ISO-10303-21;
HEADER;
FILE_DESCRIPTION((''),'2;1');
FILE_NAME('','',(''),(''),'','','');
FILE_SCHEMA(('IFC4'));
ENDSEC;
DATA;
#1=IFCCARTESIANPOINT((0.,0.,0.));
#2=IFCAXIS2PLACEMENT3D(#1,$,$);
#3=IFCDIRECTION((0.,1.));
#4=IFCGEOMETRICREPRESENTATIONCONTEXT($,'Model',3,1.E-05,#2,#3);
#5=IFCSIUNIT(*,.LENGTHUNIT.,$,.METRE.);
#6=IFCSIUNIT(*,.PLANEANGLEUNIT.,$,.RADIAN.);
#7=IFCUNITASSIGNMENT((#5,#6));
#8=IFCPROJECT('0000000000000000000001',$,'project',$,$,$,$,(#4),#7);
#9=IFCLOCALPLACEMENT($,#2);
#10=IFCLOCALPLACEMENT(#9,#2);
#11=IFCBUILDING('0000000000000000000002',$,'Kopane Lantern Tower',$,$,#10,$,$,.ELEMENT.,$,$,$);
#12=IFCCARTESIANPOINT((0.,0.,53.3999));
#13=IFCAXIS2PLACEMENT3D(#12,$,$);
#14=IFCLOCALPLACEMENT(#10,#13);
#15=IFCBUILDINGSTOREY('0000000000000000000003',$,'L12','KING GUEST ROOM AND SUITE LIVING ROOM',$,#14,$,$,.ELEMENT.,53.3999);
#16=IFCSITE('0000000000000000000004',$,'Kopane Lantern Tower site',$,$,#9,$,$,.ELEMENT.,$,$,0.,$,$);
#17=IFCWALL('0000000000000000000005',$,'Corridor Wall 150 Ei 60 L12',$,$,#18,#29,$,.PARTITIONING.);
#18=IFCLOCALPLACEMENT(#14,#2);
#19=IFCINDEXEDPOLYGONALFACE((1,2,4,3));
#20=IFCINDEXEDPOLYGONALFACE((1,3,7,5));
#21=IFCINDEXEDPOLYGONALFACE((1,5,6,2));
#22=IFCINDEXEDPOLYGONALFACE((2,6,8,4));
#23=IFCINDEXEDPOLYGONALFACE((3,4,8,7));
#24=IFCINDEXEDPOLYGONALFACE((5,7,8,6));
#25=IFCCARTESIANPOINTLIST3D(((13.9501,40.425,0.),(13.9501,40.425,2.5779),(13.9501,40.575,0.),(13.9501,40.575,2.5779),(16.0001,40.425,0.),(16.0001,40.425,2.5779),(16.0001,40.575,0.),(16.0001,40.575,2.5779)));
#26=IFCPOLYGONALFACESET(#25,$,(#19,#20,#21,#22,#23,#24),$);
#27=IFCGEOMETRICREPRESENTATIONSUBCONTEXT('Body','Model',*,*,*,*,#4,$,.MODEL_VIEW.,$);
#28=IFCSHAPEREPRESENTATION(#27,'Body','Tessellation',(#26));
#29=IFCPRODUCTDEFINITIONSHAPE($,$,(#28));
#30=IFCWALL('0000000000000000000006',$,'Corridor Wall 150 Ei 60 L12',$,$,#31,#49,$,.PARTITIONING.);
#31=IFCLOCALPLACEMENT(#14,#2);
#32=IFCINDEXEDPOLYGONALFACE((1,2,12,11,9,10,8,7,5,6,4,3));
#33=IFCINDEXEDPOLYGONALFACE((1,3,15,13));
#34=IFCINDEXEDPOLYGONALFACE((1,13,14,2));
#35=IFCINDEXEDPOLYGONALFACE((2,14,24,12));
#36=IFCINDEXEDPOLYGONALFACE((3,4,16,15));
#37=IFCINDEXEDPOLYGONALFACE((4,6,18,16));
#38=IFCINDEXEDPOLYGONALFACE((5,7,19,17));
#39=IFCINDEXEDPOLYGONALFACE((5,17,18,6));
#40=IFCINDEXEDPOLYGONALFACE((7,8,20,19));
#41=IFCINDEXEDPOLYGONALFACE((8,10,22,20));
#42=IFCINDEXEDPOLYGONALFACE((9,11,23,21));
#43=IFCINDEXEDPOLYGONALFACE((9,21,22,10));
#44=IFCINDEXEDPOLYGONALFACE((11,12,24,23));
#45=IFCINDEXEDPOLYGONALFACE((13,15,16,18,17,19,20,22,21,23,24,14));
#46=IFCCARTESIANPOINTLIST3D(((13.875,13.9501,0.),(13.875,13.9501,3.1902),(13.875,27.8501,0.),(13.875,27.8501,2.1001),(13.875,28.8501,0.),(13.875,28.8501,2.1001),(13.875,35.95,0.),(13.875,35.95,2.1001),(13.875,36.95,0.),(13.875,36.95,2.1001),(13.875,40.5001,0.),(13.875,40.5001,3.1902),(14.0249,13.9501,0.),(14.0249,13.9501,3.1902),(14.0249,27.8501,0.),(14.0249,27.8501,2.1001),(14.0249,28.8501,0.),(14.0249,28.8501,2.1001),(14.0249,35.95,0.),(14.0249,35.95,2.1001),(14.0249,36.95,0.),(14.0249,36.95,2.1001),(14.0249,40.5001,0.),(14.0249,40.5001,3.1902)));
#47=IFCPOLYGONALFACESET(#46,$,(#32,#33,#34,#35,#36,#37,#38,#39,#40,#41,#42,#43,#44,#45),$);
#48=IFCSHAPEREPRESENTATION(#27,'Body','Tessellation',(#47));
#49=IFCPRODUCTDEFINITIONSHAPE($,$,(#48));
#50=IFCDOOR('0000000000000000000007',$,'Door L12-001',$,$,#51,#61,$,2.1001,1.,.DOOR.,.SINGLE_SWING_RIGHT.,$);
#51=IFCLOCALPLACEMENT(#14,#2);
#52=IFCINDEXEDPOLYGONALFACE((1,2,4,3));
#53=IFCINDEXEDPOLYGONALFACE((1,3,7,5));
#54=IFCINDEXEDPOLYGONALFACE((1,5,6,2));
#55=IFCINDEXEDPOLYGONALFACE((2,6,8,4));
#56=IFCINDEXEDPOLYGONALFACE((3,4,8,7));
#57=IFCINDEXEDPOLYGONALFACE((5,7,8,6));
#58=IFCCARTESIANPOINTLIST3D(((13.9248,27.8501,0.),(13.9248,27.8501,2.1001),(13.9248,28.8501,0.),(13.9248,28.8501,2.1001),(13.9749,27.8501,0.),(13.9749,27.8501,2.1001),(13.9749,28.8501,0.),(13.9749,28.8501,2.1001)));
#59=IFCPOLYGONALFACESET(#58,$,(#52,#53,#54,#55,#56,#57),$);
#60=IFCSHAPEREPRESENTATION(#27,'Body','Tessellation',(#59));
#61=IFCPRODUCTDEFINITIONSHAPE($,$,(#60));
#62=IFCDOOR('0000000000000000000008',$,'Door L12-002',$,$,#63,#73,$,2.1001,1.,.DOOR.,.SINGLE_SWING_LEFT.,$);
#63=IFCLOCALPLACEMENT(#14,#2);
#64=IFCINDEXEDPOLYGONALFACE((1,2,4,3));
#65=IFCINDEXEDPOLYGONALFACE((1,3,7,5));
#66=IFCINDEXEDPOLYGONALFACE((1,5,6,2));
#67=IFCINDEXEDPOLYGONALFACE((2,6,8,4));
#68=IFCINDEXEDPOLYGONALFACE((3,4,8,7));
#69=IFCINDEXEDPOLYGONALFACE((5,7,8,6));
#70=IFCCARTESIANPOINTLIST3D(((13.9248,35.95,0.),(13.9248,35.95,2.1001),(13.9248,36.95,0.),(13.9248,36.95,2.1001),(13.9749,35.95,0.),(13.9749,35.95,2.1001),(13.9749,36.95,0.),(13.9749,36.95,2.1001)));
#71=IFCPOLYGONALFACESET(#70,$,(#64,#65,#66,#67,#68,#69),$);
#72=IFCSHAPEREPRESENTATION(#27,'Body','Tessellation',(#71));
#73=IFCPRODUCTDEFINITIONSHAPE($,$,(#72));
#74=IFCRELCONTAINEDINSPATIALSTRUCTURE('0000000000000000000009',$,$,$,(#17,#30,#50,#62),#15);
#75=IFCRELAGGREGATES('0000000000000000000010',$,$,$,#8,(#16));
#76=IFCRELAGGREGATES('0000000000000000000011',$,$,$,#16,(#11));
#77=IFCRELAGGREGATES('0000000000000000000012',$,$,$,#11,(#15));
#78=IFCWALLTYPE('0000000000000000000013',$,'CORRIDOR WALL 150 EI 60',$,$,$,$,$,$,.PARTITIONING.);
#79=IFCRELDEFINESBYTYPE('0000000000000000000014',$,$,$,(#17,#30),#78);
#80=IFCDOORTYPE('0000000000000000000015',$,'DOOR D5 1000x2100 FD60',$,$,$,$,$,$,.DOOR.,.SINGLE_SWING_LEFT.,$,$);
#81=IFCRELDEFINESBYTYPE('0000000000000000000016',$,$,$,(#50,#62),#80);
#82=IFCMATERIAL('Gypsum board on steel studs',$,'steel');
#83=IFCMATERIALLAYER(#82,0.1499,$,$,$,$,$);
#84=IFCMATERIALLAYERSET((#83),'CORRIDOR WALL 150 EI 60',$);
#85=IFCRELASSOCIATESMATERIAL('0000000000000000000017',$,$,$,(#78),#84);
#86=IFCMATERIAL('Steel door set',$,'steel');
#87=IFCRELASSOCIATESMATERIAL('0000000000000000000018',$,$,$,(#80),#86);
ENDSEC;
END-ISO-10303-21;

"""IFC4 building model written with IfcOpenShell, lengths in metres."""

from ifc_helpers import new_model, si_unit, direction, frame, frame_2d, origin, place, context, subcontext, project, spatial, rectangle, extrude, material, layer, layer_set, type_object, element, fill, save


model = new_model("IFC4")

# Units and contexts
model_context = context("Model", 3, precision=1e-05, world=origin(), true_north=direction((0.0, 1.0)))
body_context = subcontext(model_context, "Body", "Model", "MODEL_VIEW")
ifc_project = project(units=[si_unit("LENGTHUNIT", "METRE"), si_unit("PLANEANGLEUNIT", "RADIAN")], contexts=[model_context])

# Site, building, storey
site_placement = place(None, origin())
site = spatial("IfcSite", under=ifc_project, at=site_placement, Name="Kopane Lantern Tower site", CompositionType="ELEMENT", RefElevation=0.0)
building_placement = place(site_placement, origin())
building = spatial("IfcBuilding", under=site, at=building_placement, Name="Kopane Lantern Tower", CompositionType="ELEMENT")
storey_placement = place(building_placement, frame((0.0, 0.0, 53.3999)))
storey = spatial("IfcBuildingStorey", under=building, at=storey_placement, Name="L12", Description="KING GUEST ROOM AND SUITE LIVING ROOM", CompositionType="ELEMENT", Elevation=53.3999)

# Shared definitions
ifc_material_1 = material(Name="Gypsum board on steel studs", Category="steel")
ifc_layer_1 = layer(ifc_material_1, 0.1499)
ifc_layer_set_1 = layer_set([ifc_layer_1], Name="CORRIDOR WALL 150 EI 60")
wall_type_1 = type_object("IfcWallType", Name="CORRIDOR WALL 150 EI 60", PredefinedType="PARTITIONING", material=ifc_layer_set_1)

# Wall
wall_1_placement = place(storey_placement, frame((16.0, 40.5, 0.0), z_axis=(0.0, 0.0, 1.0), x_axis=(-1.0, 0.0, 0.0)))
element("IfcWall", 1, at=wall_1_placement, inside=storey, type_object=wall_type_1, Name="Corridor Wall 150 Ei 60 L12", PredefinedType="PARTITIONING", context=body_context, shape_type="SweptSolid", body=[
    extrude(rectangle(XDim=2.05, YDim=0.1499, at=frame_2d((1.0249, 0.0))), origin(), (0.0, 0.0, 1.0), 2.5779),
])

# Wall, openings, doors
wall_2_placement = place(storey_placement, frame((13.95, 40.5, 0.0), z_axis=(0.0, 0.0, 1.0), x_axis=(0.0, -1.0, 0.0)))
wall_2 = element("IfcWall", 2, at=wall_2_placement, inside=storey, type_object=wall_type_1, Name="Corridor Wall 150 Ei 60 L12", PredefinedType="PARTITIONING", context=body_context, shape_type="SweptSolid", body=[
    extrude(rectangle(XDim=26.55, YDim=0.1499, at=frame_2d((13.2749, 0.0))), origin(), (0.0, 0.0, 1.0), 3.1902),
])
opening_1_placement = place(wall_2_placement, frame((11.6499, 0.0, 0.0)))
opening_1 = element("IfcOpeningElement", 3, at=opening_1_placement, cuts=wall_2, PredefinedType="OPENING", context=body_context, shape_type="SweptSolid", body=[
    extrude(rectangle(XDim=1.0, YDim=2.1001, at=frame_2d((0.5, 1.05))), frame((0.0, 0.085, 0.0), z_axis=(0.0, -1.0, 0.0), x_axis=(1.0, 0.0, 0.0)), (0.0, 0.0, 1.0), 0.1699),
])
opening_2_placement = place(wall_2_placement, frame((3.55, 0.0, 0.0)))
opening_2 = element("IfcOpeningElement", 4, at=opening_2_placement, cuts=wall_2, PredefinedType="OPENING", context=body_context, shape_type="SweptSolid", body=[
    extrude(rectangle(XDim=1.0, YDim=2.1001, at=frame_2d((0.5, 1.05))), frame((0.0, 0.085, 0.0), z_axis=(0.0, -1.0, 0.0), x_axis=(1.0, 0.0, 0.0)), (0.0, 0.0, 1.0), 0.1699),
])
ifc_material_2 = material(Name="Steel door set", Category="steel")
door_type_1 = type_object("IfcDoorType", Name="DOOR D5 1000x2100 FD60", OperationType="SINGLE_SWING_LEFT", PredefinedType="DOOR", material=ifc_material_2)
door_1_placement = place(opening_1_placement, origin())
door_1 = element("IfcDoor", 5, at=door_1_placement, inside=storey, type_object=door_type_1, Name="Door L12-001", OperationType="SINGLE_SWING_RIGHT", OverallHeight=2.1001, OverallWidth=1.0, PredefinedType="DOOR", context=body_context, shape_type="SweptSolid", body=[
    extrude(rectangle(XDim=1.0, YDim=2.1001, at=frame_2d((0.5, 1.05))), frame((0.0, 0.0249, 0.0), z_axis=(0.0, -1.0, 0.0), x_axis=(1.0, 0.0, 0.0)), (0.0, 0.0, 1.0), 0.05),
])
fill(opening_1, door_1)
door_2_placement = place(opening_2_placement, origin())
door_2 = element("IfcDoor", 6, at=door_2_placement, inside=storey, type_object=door_type_1, Name="Door L12-002", OperationType="SINGLE_SWING_LEFT", OverallHeight=2.1001, OverallWidth=1.0, PredefinedType="DOOR", context=body_context, shape_type="SweptSolid", body=[
    extrude(rectangle(XDim=1.0, YDim=2.1001, at=frame_2d((0.5, 1.05))), frame((0.0, 0.0249, 0.0), z_axis=(0.0, -1.0, 0.0), x_axis=(1.0, 0.0, 0.0)), (0.0, 0.0, 1.0), 0.05),
])
fill(opening_2, door_2)

save(model, "model.ifc")
